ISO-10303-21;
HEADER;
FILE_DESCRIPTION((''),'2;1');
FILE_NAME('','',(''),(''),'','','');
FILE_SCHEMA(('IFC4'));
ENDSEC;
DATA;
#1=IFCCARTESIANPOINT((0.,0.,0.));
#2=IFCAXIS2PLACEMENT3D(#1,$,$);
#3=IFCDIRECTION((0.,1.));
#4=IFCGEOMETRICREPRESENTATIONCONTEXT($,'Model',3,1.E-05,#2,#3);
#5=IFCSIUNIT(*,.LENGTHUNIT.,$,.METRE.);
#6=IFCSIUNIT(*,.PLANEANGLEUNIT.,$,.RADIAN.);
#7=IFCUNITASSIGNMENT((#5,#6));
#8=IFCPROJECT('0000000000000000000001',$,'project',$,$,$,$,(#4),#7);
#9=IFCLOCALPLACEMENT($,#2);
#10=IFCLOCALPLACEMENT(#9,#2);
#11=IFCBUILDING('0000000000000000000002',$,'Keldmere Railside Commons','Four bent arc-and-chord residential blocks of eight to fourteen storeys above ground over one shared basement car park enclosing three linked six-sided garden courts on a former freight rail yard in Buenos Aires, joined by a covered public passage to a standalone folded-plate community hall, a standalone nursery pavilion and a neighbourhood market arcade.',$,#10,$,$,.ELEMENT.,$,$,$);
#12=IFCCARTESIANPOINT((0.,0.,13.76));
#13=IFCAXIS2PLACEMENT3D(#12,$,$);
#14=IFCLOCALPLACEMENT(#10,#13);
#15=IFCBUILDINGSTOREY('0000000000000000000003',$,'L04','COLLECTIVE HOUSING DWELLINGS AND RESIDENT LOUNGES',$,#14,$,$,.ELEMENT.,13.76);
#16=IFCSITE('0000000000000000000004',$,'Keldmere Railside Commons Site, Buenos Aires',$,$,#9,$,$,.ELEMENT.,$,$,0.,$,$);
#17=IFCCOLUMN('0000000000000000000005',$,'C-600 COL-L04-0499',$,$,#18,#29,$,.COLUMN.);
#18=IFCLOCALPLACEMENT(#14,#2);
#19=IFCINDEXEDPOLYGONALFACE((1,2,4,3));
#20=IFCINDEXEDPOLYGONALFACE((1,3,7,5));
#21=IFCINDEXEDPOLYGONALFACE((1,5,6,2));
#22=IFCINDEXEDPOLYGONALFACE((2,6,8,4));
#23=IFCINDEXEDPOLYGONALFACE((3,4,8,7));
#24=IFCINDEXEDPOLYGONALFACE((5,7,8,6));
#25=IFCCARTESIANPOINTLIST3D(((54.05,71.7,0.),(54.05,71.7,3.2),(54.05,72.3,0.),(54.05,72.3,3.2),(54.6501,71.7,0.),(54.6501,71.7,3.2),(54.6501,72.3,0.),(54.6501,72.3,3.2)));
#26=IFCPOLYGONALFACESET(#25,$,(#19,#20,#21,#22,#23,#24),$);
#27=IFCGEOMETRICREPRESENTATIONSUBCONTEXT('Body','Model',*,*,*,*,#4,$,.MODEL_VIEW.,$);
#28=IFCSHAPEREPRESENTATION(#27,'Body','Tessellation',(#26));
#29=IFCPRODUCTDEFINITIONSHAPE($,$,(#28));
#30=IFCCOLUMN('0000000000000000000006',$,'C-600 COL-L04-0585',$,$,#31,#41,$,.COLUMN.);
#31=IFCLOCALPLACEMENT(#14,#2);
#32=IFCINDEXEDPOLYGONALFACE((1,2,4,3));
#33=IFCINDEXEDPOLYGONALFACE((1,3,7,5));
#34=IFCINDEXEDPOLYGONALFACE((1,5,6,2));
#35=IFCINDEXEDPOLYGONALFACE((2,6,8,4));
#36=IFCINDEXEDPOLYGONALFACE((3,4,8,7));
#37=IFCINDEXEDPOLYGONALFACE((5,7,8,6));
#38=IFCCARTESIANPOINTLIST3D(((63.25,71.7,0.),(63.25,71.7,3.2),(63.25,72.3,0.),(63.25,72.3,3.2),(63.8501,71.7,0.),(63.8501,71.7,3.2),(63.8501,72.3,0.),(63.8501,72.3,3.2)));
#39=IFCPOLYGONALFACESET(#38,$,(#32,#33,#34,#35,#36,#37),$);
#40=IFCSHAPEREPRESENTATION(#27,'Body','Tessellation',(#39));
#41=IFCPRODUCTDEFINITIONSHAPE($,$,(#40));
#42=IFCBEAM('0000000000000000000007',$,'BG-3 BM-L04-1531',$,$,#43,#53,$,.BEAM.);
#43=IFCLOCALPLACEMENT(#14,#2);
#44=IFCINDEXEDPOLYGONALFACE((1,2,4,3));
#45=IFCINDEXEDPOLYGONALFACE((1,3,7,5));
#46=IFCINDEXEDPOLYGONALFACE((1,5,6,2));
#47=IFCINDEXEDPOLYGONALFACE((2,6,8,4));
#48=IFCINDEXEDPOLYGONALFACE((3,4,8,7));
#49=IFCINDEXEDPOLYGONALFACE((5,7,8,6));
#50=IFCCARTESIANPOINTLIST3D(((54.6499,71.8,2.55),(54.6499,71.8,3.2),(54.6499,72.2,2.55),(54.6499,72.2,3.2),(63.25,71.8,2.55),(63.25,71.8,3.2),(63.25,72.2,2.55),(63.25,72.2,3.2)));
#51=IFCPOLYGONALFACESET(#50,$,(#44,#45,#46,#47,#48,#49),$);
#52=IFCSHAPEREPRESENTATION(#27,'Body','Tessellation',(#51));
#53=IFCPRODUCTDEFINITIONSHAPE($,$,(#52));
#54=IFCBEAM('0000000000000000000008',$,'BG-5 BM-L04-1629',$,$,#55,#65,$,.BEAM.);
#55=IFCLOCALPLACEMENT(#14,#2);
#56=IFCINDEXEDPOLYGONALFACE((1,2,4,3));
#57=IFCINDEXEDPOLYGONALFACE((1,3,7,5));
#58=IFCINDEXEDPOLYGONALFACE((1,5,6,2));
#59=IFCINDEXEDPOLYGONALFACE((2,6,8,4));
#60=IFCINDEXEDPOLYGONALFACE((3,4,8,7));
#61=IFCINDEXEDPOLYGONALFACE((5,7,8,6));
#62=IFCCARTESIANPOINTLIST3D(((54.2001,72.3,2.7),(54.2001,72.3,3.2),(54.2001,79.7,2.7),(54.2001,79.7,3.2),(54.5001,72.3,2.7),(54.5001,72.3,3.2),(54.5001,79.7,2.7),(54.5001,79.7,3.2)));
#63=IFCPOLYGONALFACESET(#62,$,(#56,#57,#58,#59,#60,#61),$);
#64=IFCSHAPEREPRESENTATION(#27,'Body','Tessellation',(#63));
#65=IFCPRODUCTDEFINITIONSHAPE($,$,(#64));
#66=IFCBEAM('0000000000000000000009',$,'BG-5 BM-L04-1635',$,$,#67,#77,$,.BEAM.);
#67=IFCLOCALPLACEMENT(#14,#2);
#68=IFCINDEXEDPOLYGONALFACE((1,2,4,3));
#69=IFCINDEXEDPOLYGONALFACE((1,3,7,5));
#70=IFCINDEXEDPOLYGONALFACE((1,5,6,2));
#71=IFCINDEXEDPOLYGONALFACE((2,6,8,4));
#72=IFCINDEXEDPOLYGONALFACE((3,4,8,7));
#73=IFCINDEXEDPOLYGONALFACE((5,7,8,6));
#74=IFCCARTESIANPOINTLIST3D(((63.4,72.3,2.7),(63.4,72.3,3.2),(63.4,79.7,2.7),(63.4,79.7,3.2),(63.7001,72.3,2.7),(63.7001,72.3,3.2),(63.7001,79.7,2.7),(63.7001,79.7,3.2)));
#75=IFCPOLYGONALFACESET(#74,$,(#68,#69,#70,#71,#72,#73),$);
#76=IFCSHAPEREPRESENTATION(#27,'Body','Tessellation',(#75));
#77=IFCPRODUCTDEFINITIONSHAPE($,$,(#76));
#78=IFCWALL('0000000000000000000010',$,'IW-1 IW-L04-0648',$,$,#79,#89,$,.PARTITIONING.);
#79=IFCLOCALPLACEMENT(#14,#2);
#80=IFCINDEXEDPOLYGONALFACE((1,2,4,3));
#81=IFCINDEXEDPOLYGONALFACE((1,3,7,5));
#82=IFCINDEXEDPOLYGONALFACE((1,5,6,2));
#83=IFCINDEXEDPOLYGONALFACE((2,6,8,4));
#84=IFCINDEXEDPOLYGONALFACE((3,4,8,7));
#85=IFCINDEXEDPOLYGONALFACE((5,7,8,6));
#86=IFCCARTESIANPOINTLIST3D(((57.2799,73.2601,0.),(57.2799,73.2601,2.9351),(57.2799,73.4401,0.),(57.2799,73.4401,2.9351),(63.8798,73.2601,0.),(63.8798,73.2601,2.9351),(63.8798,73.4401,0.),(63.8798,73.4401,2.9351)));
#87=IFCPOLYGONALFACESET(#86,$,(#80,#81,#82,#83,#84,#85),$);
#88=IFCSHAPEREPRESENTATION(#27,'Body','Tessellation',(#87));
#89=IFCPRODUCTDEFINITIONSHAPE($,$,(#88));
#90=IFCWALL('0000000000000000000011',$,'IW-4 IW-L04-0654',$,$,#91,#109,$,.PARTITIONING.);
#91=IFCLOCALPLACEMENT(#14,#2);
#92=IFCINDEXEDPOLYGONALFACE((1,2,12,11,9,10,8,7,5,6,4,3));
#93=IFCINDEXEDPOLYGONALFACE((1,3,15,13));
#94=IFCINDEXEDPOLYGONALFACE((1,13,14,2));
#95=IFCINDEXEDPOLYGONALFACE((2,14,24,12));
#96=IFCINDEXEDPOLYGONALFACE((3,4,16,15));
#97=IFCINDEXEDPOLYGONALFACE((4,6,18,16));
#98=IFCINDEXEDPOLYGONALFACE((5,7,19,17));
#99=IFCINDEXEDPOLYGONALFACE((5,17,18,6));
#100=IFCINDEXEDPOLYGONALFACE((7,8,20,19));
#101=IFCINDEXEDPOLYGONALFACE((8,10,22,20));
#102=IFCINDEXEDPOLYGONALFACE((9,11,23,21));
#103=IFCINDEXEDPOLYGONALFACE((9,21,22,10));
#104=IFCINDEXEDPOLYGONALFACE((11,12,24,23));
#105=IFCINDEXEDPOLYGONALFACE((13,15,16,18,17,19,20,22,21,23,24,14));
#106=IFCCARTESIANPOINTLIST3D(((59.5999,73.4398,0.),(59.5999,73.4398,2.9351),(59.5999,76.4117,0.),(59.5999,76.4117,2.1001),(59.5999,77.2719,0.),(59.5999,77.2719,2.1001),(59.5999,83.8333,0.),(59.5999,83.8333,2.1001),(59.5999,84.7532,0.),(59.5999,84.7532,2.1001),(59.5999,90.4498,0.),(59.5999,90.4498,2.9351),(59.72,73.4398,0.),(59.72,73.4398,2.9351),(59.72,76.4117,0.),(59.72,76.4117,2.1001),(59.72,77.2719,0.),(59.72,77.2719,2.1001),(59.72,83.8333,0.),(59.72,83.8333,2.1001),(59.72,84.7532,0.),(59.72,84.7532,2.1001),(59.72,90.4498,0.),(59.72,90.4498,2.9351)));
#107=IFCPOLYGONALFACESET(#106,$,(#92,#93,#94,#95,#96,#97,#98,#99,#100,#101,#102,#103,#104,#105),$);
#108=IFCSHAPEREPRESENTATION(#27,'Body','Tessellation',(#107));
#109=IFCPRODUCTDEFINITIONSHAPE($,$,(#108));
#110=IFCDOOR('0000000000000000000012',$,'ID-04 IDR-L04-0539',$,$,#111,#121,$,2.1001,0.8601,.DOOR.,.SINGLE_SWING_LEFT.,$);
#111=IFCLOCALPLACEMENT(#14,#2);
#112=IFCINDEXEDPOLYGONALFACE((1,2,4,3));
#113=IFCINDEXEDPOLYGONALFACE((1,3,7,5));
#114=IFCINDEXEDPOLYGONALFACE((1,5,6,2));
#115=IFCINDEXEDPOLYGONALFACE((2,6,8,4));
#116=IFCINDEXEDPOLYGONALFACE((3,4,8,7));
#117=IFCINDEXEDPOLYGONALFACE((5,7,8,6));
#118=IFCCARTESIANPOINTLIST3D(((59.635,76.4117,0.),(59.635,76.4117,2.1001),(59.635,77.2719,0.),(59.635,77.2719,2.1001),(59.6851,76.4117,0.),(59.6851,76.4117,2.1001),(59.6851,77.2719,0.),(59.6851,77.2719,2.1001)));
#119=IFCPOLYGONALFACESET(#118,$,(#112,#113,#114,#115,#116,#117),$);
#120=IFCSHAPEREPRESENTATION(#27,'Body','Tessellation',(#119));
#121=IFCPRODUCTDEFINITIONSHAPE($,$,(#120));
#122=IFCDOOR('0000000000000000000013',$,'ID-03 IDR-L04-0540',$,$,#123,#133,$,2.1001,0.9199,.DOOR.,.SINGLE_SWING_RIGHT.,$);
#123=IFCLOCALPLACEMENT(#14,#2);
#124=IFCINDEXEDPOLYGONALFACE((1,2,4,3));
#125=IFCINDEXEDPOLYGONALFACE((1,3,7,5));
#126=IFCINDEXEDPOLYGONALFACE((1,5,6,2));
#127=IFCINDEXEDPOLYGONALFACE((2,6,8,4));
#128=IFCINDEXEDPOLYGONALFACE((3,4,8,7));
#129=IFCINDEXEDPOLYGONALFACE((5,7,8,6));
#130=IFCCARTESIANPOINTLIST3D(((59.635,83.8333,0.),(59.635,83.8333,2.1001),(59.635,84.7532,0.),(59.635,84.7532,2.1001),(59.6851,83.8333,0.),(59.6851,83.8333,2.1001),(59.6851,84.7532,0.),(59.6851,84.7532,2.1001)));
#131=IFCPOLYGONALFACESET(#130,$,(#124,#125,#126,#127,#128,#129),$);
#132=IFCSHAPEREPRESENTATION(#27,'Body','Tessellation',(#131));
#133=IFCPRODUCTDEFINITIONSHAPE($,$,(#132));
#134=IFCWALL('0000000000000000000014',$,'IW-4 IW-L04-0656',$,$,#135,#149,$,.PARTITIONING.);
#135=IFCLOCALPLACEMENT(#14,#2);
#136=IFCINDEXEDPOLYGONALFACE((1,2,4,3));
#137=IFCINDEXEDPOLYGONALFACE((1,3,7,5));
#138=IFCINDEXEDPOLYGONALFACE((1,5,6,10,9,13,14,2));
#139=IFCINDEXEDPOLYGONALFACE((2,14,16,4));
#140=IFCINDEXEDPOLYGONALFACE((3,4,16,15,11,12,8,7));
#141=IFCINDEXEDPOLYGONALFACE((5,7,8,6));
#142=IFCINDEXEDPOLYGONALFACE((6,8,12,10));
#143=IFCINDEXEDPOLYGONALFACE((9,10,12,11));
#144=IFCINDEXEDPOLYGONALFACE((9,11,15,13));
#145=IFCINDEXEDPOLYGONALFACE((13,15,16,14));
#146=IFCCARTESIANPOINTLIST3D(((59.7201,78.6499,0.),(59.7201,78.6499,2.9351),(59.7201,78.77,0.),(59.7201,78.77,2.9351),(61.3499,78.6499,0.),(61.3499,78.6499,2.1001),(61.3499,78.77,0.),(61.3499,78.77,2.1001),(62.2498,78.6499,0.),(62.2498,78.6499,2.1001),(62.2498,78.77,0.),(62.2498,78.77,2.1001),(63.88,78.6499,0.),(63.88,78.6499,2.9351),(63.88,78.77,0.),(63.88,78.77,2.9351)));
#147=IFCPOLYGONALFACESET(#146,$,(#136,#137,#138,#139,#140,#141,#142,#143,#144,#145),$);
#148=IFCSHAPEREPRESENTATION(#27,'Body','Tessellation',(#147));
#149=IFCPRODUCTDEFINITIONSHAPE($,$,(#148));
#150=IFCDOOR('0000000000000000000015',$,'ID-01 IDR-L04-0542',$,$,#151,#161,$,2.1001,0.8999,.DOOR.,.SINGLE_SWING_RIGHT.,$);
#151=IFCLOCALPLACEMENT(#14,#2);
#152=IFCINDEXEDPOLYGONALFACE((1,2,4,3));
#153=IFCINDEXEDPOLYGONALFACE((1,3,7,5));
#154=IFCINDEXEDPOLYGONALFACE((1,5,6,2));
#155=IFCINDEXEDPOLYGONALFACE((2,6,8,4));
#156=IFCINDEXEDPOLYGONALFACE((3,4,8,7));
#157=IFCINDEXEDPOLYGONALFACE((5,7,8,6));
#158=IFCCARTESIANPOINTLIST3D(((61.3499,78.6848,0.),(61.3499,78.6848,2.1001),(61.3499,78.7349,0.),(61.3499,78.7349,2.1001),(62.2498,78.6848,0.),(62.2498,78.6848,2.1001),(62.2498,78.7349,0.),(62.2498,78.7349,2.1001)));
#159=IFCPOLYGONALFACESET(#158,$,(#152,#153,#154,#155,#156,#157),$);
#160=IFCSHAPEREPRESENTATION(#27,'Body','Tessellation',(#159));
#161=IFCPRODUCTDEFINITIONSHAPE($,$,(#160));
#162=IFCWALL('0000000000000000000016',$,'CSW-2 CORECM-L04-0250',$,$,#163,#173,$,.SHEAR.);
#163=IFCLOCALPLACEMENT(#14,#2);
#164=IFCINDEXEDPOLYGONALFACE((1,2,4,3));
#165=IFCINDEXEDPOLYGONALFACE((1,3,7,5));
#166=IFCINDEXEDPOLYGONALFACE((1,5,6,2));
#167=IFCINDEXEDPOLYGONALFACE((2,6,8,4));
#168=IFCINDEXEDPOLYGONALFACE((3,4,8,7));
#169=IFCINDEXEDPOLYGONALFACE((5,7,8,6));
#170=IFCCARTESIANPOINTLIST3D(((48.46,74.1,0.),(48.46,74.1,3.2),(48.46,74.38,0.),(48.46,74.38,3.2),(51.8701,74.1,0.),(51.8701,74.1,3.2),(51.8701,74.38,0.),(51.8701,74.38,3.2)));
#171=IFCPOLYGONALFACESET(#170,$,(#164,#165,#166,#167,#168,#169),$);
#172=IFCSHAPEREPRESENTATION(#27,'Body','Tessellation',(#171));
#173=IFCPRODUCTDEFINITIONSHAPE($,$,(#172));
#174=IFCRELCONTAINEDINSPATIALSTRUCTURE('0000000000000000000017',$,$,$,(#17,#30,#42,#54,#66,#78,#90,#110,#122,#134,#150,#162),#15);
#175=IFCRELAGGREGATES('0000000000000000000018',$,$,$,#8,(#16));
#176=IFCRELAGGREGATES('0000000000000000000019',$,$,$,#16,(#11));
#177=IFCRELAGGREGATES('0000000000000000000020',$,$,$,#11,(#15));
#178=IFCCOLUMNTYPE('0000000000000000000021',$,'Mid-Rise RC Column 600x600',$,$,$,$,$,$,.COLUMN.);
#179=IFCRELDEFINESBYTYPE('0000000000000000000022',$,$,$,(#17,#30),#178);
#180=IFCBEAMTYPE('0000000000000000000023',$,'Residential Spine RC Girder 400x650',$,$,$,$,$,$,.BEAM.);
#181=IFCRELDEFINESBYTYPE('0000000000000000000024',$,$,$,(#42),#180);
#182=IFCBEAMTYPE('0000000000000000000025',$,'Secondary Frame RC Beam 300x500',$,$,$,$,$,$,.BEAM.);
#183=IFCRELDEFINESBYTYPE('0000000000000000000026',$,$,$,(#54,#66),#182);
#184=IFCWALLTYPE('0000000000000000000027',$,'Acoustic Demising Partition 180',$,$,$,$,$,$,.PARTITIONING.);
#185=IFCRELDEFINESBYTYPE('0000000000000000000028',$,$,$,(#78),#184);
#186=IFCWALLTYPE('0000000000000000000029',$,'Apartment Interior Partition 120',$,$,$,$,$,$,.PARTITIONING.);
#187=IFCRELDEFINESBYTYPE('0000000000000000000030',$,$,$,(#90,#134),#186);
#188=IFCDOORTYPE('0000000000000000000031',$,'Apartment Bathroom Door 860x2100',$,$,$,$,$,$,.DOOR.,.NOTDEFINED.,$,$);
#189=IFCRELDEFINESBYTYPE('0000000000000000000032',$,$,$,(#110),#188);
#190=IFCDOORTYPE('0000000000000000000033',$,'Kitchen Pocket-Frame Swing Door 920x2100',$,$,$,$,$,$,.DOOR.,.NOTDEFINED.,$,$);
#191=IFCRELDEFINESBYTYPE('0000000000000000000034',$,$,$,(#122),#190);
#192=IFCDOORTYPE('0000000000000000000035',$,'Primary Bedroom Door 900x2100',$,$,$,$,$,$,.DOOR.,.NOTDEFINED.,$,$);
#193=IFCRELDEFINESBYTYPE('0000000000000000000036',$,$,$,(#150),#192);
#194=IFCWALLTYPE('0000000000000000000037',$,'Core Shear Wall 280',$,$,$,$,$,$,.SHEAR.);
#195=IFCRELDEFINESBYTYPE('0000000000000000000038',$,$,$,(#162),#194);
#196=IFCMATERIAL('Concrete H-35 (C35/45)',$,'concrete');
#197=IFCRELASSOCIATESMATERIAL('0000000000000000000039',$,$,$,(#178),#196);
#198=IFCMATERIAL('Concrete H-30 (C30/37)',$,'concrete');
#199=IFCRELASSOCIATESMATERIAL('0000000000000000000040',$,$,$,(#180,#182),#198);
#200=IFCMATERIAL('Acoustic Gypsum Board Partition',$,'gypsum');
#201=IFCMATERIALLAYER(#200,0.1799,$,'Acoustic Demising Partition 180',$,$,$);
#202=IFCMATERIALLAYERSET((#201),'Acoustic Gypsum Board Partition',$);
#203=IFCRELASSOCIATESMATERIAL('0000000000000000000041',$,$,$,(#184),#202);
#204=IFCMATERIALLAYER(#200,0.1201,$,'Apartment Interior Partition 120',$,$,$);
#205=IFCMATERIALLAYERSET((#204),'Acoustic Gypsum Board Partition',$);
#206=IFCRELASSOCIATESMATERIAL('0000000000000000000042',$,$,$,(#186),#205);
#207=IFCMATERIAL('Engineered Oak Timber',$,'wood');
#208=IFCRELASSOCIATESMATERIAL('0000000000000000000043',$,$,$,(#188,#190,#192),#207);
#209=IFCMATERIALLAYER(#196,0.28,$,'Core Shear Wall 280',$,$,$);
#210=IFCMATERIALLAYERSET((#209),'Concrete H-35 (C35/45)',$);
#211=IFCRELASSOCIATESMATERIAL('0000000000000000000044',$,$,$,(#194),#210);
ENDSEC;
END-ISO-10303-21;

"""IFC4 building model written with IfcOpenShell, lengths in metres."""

from ifc_helpers import new_model, si_unit, direction, frame, frame_2d, origin, origin_2d, place, context, subcontext, project, spatial, rectangle, extrude, material, layer, layer_set, material_profile, profile_set, type_object, element, fill, save


model = new_model("IFC4")

# Units and contexts
model_context = context("Model", 3, precision=1e-05, world=origin(), true_north=direction((0.0, 1.0)))
body_context = subcontext(model_context, "Body", "Model", "MODEL_VIEW")
ifc_project = project(units=[si_unit("LENGTHUNIT", "METRE"), si_unit("PLANEANGLEUNIT", "RADIAN")], contexts=[model_context])

# Site, building, storey
site_placement = place(None, origin())
site = spatial("IfcSite", under=ifc_project, at=site_placement, Name="Keldmere Railside Commons Site, Buenos Aires", CompositionType="ELEMENT", RefElevation=0.0)
building_placement = place(site_placement, origin())
building = spatial("IfcBuilding", under=site, at=building_placement, Name="Keldmere Railside Commons", Description="Four bent arc-and-chord residential blocks of eight to fourteen storeys above ground over one shared basement car park enclosing three linked six-sided garden courts on a former freight rail yard in Buenos Aires, joined by a covered public passage to a standalone folded-plate community hall, a standalone nursery pavilion and a neighbourhood market arcade.", CompositionType="ELEMENT")
storey_placement = place(building_placement, frame((0.0, 0.0, 13.76)))
storey = spatial("IfcBuildingStorey", under=building, at=storey_placement, Name="L04", Description="COLLECTIVE HOUSING DWELLINGS AND RESIDENT LOUNGES", CompositionType="ELEMENT", Elevation=13.76)

# Columns
ifc_material_1 = material(Name="Concrete H-35 (C35/45)", Category="concrete")
ifc_material_profile_1 = material_profile(ifc_material_1, rectangle(XDim=0.6001, YDim=0.6001, at=origin_2d()), Name="RC-600x600")
ifc_profile_set_1 = profile_set([ifc_material_profile_1], Name="Concrete H-35 (C35/45)")
column_type = type_object("IfcColumnType", Name="Mid-Rise RC Column 600x600", PredefinedType="COLUMN", material=ifc_profile_set_1)
for number, where, z_axis, x_axis, name in (
    (1, (54.3501, 72.0, 0.0), (0.0, 0.0, 1.0), (1.0, 0.0, 0.0), "C-600 COL-L04-0499"),
    (2, (63.55, 72.0, 0.0), (0.0, 0.0, 1.0), (1.0, 0.0, 0.0), "C-600 COL-L04-0585"),
):
    element("IfcColumn", number, at=place(storey_placement, frame(where, z_axis=z_axis, x_axis=x_axis)), inside=storey, type_object=column_type, Name=name, PredefinedType="COLUMN", context=body_context, shape_type="SweptSolid", body=[
        extrude(rectangle(XDim=0.6001, YDim=0.6001, at=origin_2d()), origin(), (0.0, 0.0, 1.0), 3.2),
    ])

# Beams
ifc_material_2 = material(Name="Concrete H-30 (C30/37)", Category="concrete")
ifc_material_profile_2 = material_profile(ifc_material_2, rectangle(XDim=0.3999, YDim=0.6499, at=origin_2d()), Name="RC-400x650")
ifc_profile_set_2 = profile_set([ifc_material_profile_2], Name="Concrete H-30 (C30/37)")
beam_type_1 = type_object("IfcBeamType", Name="Residential Spine RC Girder 400x650", PredefinedType="BEAM", material=ifc_profile_set_2)
beam_placement = place(storey_placement, frame((54.6499, 72.0, 2.875), z_axis=(1.0, 0.0, 0.0), x_axis=(0.0, 1.0, 0.0)))
element("IfcBeam", 3, at=beam_placement, inside=storey, type_object=beam_type_1, Name="BG-3 BM-L04-1531", PredefinedType="BEAM", context=body_context, shape_type="SweptSolid", body=[
    extrude(rectangle(XDim=0.3999, YDim=0.6499, at=origin_2d()), origin(), (0.0, 0.0, 1.0), 8.6001),
])
ifc_material_profile_3 = material_profile(ifc_material_2, rectangle(XDim=0.3, YDim=0.5, at=origin_2d()), Name="RC-300x500")
ifc_profile_set_3 = profile_set([ifc_material_profile_3], Name="Concrete H-30 (C30/37)")
beam_type_2 = type_object("IfcBeamType", Name="Secondary Frame RC Beam 300x500", PredefinedType="BEAM", material=ifc_profile_set_3)
for number, where, z_axis, x_axis, name in (
    (4, (54.3501, 72.3, 2.95), (0.0, 1.0, 0.0), (-1.0, 0.0, 0.0), "BG-5 BM-L04-1629"),
    (5, (63.55, 72.3, 2.95), (0.0, 1.0, 0.0), (-1.0, 0.0, 0.0), "BG-5 BM-L04-1635"),
):
    element("IfcBeam", number, at=place(storey_placement, frame(where, z_axis=z_axis, x_axis=x_axis)), inside=storey, type_object=beam_type_2, Name=name, PredefinedType="BEAM", context=body_context, shape_type="SweptSolid", body=[
        extrude(rectangle(XDim=0.3, YDim=0.5, at=origin_2d()), origin(), (0.0, 0.0, 1.0), 7.3999),
    ])

# Wall
ifc_material_3 = material(Name="Acoustic Gypsum Board Partition", Category="gypsum")
ifc_layer_1 = layer(ifc_material_3, 0.1799, Name="Acoustic Demising Partition 180")
ifc_layer_set_1 = layer_set([ifc_layer_1], Name="Acoustic Gypsum Board Partition")
wall_type_1 = type_object("IfcWallType", Name="Acoustic Demising Partition 180", PredefinedType="PARTITIONING", material=ifc_layer_set_1)
wall_1_placement = place(storey_placement, frame((57.28, 73.3501, 0.0), z_axis=(0.0, 0.0, 1.0), x_axis=(1.0, 0.0, 0.0)))
element("IfcWall", 6, at=wall_1_placement, inside=storey, type_object=wall_type_1, Name="IW-1 IW-L04-0648", PredefinedType="PARTITIONING", context=body_context, shape_type="SweptSolid", body=[
    extrude(rectangle(XDim=6.5999, YDim=0.1799, at=frame_2d((3.2998, 0.0))), origin(), (0.0, 0.0, 1.0), 2.9351),
])

# Wall, openings, doors
ifc_layer_2 = layer(ifc_material_3, 0.1201, Name="Apartment Interior Partition 120")
ifc_layer_set_2 = layer_set([ifc_layer_2], Name="Acoustic Gypsum Board Partition")
wall_type_2 = type_object("IfcWallType", Name="Apartment Interior Partition 120", PredefinedType="PARTITIONING", material=ifc_layer_set_2)
wall_2_placement = place(storey_placement, frame((59.6599, 73.4399, 0.0), z_axis=(0.0, 0.0, 1.0), x_axis=(0.0, 1.0, 0.0)))
wall_2 = element("IfcWall", 7, at=wall_2_placement, inside=storey, type_object=wall_type_2, Name="IW-4 IW-L04-0654", PredefinedType="PARTITIONING", context=body_context, shape_type="SweptSolid", body=[
    extrude(rectangle(XDim=17.01, YDim=0.1201, at=frame_2d((8.5049, 0.0))), origin(), (0.0, 0.0, 1.0), 2.9351),
])
opening_1_placement = place(wall_2_placement, frame((2.9717, 0.0, 0.0)))
opening_1 = element("IfcOpeningElement", 8, at=opening_1_placement, cuts=wall_2, PredefinedType="OPENING", context=body_context, shape_type="SweptSolid", body=[
    extrude(rectangle(XDim=0.8601, YDim=2.1001, at=frame_2d((0.4302, 1.05))), frame((0.0, 0.0701, 0.0), z_axis=(0.0, -1.0, 0.0), x_axis=(1.0, 0.0, 0.0)), (0.0, 0.0, 1.0), 0.1401),
])
opening_2_placement = place(wall_2_placement, frame((10.3933, 0.0, 0.0)))
opening_2 = element("IfcOpeningElement", 9, at=opening_2_placement, cuts=wall_2, PredefinedType="OPENING", context=body_context, shape_type="SweptSolid", body=[
    extrude(rectangle(XDim=0.9199, YDim=2.1001, at=frame_2d((0.46, 1.05))), frame((0.0, 0.0701, 0.0), z_axis=(0.0, -1.0, 0.0), x_axis=(1.0, 0.0, 0.0)), (0.0, 0.0, 1.0), 0.1401),
])
ifc_material_4 = material(Name="Engineered Oak Timber", Category="wood")
door_type_1 = type_object("IfcDoorType", Name="Apartment Bathroom Door 860x2100", OperationType="NOTDEFINED", PredefinedType="DOOR", material=ifc_material_4)
door_1_placement = place(opening_1_placement, origin())
door_1 = element("IfcDoor", 10, at=door_1_placement, inside=storey, type_object=door_type_1, Name="ID-04 IDR-L04-0539", OperationType="SINGLE_SWING_LEFT", OverallHeight=2.1001, OverallWidth=0.8601, PredefinedType="DOOR", context=body_context, shape_type="SweptSolid", body=[
    extrude(rectangle(XDim=0.8601, YDim=2.1001, at=frame_2d((0.4302, 1.05))), frame((0.0, 0.0249, 0.0), z_axis=(0.0, -1.0, 0.0), x_axis=(1.0, 0.0, 0.0)), (0.0, 0.0, 1.0), 0.05),
])
fill(opening_1, door_1)
door_type_2 = type_object("IfcDoorType", Name="Kitchen Pocket-Frame Swing Door 920x2100", OperationType="NOTDEFINED", PredefinedType="DOOR", material=ifc_material_4)
door_2_placement = place(opening_2_placement, origin())
door_2 = element("IfcDoor", 11, at=door_2_placement, inside=storey, type_object=door_type_2, Name="ID-03 IDR-L04-0540", OperationType="SINGLE_SWING_RIGHT", OverallHeight=2.1001, OverallWidth=0.9199, PredefinedType="DOOR", context=body_context, shape_type="SweptSolid", body=[
    extrude(rectangle(XDim=0.9199, YDim=2.1001, at=frame_2d((0.46, 1.05))), frame((0.0, 0.0249, 0.0), z_axis=(0.0, -1.0, 0.0), x_axis=(1.0, 0.0, 0.0)), (0.0, 0.0, 1.0), 0.05),
])
fill(opening_2, door_2)

# Wall, opening, door
wall_3_placement = place(storey_placement, frame((59.72, 78.71, 0.0), z_axis=(0.0, 0.0, 1.0), x_axis=(1.0, 0.0, 0.0)))
wall_3 = element("IfcWall", 12, at=wall_3_placement, inside=storey, type_object=wall_type_2, Name="IW-4 IW-L04-0656", PredefinedType="PARTITIONING", context=body_context, shape_type="SweptSolid", body=[
    extrude(rectangle(XDim=4.1599, YDim=0.1201, at=frame_2d((2.0801, 0.0))), origin(), (0.0, 0.0, 1.0), 2.9351),
])
opening_3_placement = place(wall_3_placement, frame((1.6299, 0.0, 0.0)))
opening_3 = element("IfcOpeningElement", 13, at=opening_3_placement, cuts=wall_3, PredefinedType="OPENING", context=body_context, shape_type="SweptSolid", body=[
    extrude(rectangle(XDim=0.8999, YDim=2.1001, at=frame_2d((0.45, 1.05))), frame((0.0, 0.0701, 0.0), z_axis=(0.0, -1.0, 0.0), x_axis=(1.0, 0.0, 0.0)), (0.0, 0.0, 1.0), 0.1401),
])
door_type_3 = type_object("IfcDoorType", Name="Primary Bedroom Door 900x2100", OperationType="NOTDEFINED", PredefinedType="DOOR", material=ifc_material_4)
door_3_placement = place(opening_3_placement, origin())
door_3 = element("IfcDoor", 14, at=door_3_placement, inside=storey, type_object=door_type_3, Name="ID-01 IDR-L04-0542", OperationType="SINGLE_SWING_RIGHT", OverallHeight=2.1001, OverallWidth=0.8999, PredefinedType="DOOR", context=body_context, shape_type="SweptSolid", body=[
    extrude(rectangle(XDim=0.8999, YDim=2.1001, at=frame_2d((0.45, 1.05))), frame((0.0, 0.0249, 0.0), z_axis=(0.0, -1.0, 0.0), x_axis=(1.0, 0.0, 0.0)), (0.0, 0.0, 1.0), 0.05),
])
fill(opening_3, door_3)

# Wall
ifc_layer_3 = layer(ifc_material_1, 0.28, Name="Core Shear Wall 280")
ifc_layer_set_3 = layer_set([ifc_layer_3], Name="Concrete H-35 (C35/45)")
wall_type_3 = type_object("IfcWallType", Name="Core Shear Wall 280", PredefinedType="SHEAR", material=ifc_layer_set_3)
wall_4_placement = place(storey_placement, frame((48.46, 74.24, 0.0), z_axis=(0.0, 0.0, 1.0), x_axis=(1.0, 0.0, 0.0)))
element("IfcWall", 15, at=wall_4_placement, inside=storey, type_object=wall_type_3, Name="CSW-2 CORECM-L04-0250", PredefinedType="SHEAR", context=body_context, shape_type="SweptSolid", body=[
    extrude(rectangle(XDim=3.4102, YDim=0.28, at=frame_2d((1.7051, 0.0))), origin(), (0.0, 0.0, 1.0), 3.2),
])

save(model, "model.ifc")
